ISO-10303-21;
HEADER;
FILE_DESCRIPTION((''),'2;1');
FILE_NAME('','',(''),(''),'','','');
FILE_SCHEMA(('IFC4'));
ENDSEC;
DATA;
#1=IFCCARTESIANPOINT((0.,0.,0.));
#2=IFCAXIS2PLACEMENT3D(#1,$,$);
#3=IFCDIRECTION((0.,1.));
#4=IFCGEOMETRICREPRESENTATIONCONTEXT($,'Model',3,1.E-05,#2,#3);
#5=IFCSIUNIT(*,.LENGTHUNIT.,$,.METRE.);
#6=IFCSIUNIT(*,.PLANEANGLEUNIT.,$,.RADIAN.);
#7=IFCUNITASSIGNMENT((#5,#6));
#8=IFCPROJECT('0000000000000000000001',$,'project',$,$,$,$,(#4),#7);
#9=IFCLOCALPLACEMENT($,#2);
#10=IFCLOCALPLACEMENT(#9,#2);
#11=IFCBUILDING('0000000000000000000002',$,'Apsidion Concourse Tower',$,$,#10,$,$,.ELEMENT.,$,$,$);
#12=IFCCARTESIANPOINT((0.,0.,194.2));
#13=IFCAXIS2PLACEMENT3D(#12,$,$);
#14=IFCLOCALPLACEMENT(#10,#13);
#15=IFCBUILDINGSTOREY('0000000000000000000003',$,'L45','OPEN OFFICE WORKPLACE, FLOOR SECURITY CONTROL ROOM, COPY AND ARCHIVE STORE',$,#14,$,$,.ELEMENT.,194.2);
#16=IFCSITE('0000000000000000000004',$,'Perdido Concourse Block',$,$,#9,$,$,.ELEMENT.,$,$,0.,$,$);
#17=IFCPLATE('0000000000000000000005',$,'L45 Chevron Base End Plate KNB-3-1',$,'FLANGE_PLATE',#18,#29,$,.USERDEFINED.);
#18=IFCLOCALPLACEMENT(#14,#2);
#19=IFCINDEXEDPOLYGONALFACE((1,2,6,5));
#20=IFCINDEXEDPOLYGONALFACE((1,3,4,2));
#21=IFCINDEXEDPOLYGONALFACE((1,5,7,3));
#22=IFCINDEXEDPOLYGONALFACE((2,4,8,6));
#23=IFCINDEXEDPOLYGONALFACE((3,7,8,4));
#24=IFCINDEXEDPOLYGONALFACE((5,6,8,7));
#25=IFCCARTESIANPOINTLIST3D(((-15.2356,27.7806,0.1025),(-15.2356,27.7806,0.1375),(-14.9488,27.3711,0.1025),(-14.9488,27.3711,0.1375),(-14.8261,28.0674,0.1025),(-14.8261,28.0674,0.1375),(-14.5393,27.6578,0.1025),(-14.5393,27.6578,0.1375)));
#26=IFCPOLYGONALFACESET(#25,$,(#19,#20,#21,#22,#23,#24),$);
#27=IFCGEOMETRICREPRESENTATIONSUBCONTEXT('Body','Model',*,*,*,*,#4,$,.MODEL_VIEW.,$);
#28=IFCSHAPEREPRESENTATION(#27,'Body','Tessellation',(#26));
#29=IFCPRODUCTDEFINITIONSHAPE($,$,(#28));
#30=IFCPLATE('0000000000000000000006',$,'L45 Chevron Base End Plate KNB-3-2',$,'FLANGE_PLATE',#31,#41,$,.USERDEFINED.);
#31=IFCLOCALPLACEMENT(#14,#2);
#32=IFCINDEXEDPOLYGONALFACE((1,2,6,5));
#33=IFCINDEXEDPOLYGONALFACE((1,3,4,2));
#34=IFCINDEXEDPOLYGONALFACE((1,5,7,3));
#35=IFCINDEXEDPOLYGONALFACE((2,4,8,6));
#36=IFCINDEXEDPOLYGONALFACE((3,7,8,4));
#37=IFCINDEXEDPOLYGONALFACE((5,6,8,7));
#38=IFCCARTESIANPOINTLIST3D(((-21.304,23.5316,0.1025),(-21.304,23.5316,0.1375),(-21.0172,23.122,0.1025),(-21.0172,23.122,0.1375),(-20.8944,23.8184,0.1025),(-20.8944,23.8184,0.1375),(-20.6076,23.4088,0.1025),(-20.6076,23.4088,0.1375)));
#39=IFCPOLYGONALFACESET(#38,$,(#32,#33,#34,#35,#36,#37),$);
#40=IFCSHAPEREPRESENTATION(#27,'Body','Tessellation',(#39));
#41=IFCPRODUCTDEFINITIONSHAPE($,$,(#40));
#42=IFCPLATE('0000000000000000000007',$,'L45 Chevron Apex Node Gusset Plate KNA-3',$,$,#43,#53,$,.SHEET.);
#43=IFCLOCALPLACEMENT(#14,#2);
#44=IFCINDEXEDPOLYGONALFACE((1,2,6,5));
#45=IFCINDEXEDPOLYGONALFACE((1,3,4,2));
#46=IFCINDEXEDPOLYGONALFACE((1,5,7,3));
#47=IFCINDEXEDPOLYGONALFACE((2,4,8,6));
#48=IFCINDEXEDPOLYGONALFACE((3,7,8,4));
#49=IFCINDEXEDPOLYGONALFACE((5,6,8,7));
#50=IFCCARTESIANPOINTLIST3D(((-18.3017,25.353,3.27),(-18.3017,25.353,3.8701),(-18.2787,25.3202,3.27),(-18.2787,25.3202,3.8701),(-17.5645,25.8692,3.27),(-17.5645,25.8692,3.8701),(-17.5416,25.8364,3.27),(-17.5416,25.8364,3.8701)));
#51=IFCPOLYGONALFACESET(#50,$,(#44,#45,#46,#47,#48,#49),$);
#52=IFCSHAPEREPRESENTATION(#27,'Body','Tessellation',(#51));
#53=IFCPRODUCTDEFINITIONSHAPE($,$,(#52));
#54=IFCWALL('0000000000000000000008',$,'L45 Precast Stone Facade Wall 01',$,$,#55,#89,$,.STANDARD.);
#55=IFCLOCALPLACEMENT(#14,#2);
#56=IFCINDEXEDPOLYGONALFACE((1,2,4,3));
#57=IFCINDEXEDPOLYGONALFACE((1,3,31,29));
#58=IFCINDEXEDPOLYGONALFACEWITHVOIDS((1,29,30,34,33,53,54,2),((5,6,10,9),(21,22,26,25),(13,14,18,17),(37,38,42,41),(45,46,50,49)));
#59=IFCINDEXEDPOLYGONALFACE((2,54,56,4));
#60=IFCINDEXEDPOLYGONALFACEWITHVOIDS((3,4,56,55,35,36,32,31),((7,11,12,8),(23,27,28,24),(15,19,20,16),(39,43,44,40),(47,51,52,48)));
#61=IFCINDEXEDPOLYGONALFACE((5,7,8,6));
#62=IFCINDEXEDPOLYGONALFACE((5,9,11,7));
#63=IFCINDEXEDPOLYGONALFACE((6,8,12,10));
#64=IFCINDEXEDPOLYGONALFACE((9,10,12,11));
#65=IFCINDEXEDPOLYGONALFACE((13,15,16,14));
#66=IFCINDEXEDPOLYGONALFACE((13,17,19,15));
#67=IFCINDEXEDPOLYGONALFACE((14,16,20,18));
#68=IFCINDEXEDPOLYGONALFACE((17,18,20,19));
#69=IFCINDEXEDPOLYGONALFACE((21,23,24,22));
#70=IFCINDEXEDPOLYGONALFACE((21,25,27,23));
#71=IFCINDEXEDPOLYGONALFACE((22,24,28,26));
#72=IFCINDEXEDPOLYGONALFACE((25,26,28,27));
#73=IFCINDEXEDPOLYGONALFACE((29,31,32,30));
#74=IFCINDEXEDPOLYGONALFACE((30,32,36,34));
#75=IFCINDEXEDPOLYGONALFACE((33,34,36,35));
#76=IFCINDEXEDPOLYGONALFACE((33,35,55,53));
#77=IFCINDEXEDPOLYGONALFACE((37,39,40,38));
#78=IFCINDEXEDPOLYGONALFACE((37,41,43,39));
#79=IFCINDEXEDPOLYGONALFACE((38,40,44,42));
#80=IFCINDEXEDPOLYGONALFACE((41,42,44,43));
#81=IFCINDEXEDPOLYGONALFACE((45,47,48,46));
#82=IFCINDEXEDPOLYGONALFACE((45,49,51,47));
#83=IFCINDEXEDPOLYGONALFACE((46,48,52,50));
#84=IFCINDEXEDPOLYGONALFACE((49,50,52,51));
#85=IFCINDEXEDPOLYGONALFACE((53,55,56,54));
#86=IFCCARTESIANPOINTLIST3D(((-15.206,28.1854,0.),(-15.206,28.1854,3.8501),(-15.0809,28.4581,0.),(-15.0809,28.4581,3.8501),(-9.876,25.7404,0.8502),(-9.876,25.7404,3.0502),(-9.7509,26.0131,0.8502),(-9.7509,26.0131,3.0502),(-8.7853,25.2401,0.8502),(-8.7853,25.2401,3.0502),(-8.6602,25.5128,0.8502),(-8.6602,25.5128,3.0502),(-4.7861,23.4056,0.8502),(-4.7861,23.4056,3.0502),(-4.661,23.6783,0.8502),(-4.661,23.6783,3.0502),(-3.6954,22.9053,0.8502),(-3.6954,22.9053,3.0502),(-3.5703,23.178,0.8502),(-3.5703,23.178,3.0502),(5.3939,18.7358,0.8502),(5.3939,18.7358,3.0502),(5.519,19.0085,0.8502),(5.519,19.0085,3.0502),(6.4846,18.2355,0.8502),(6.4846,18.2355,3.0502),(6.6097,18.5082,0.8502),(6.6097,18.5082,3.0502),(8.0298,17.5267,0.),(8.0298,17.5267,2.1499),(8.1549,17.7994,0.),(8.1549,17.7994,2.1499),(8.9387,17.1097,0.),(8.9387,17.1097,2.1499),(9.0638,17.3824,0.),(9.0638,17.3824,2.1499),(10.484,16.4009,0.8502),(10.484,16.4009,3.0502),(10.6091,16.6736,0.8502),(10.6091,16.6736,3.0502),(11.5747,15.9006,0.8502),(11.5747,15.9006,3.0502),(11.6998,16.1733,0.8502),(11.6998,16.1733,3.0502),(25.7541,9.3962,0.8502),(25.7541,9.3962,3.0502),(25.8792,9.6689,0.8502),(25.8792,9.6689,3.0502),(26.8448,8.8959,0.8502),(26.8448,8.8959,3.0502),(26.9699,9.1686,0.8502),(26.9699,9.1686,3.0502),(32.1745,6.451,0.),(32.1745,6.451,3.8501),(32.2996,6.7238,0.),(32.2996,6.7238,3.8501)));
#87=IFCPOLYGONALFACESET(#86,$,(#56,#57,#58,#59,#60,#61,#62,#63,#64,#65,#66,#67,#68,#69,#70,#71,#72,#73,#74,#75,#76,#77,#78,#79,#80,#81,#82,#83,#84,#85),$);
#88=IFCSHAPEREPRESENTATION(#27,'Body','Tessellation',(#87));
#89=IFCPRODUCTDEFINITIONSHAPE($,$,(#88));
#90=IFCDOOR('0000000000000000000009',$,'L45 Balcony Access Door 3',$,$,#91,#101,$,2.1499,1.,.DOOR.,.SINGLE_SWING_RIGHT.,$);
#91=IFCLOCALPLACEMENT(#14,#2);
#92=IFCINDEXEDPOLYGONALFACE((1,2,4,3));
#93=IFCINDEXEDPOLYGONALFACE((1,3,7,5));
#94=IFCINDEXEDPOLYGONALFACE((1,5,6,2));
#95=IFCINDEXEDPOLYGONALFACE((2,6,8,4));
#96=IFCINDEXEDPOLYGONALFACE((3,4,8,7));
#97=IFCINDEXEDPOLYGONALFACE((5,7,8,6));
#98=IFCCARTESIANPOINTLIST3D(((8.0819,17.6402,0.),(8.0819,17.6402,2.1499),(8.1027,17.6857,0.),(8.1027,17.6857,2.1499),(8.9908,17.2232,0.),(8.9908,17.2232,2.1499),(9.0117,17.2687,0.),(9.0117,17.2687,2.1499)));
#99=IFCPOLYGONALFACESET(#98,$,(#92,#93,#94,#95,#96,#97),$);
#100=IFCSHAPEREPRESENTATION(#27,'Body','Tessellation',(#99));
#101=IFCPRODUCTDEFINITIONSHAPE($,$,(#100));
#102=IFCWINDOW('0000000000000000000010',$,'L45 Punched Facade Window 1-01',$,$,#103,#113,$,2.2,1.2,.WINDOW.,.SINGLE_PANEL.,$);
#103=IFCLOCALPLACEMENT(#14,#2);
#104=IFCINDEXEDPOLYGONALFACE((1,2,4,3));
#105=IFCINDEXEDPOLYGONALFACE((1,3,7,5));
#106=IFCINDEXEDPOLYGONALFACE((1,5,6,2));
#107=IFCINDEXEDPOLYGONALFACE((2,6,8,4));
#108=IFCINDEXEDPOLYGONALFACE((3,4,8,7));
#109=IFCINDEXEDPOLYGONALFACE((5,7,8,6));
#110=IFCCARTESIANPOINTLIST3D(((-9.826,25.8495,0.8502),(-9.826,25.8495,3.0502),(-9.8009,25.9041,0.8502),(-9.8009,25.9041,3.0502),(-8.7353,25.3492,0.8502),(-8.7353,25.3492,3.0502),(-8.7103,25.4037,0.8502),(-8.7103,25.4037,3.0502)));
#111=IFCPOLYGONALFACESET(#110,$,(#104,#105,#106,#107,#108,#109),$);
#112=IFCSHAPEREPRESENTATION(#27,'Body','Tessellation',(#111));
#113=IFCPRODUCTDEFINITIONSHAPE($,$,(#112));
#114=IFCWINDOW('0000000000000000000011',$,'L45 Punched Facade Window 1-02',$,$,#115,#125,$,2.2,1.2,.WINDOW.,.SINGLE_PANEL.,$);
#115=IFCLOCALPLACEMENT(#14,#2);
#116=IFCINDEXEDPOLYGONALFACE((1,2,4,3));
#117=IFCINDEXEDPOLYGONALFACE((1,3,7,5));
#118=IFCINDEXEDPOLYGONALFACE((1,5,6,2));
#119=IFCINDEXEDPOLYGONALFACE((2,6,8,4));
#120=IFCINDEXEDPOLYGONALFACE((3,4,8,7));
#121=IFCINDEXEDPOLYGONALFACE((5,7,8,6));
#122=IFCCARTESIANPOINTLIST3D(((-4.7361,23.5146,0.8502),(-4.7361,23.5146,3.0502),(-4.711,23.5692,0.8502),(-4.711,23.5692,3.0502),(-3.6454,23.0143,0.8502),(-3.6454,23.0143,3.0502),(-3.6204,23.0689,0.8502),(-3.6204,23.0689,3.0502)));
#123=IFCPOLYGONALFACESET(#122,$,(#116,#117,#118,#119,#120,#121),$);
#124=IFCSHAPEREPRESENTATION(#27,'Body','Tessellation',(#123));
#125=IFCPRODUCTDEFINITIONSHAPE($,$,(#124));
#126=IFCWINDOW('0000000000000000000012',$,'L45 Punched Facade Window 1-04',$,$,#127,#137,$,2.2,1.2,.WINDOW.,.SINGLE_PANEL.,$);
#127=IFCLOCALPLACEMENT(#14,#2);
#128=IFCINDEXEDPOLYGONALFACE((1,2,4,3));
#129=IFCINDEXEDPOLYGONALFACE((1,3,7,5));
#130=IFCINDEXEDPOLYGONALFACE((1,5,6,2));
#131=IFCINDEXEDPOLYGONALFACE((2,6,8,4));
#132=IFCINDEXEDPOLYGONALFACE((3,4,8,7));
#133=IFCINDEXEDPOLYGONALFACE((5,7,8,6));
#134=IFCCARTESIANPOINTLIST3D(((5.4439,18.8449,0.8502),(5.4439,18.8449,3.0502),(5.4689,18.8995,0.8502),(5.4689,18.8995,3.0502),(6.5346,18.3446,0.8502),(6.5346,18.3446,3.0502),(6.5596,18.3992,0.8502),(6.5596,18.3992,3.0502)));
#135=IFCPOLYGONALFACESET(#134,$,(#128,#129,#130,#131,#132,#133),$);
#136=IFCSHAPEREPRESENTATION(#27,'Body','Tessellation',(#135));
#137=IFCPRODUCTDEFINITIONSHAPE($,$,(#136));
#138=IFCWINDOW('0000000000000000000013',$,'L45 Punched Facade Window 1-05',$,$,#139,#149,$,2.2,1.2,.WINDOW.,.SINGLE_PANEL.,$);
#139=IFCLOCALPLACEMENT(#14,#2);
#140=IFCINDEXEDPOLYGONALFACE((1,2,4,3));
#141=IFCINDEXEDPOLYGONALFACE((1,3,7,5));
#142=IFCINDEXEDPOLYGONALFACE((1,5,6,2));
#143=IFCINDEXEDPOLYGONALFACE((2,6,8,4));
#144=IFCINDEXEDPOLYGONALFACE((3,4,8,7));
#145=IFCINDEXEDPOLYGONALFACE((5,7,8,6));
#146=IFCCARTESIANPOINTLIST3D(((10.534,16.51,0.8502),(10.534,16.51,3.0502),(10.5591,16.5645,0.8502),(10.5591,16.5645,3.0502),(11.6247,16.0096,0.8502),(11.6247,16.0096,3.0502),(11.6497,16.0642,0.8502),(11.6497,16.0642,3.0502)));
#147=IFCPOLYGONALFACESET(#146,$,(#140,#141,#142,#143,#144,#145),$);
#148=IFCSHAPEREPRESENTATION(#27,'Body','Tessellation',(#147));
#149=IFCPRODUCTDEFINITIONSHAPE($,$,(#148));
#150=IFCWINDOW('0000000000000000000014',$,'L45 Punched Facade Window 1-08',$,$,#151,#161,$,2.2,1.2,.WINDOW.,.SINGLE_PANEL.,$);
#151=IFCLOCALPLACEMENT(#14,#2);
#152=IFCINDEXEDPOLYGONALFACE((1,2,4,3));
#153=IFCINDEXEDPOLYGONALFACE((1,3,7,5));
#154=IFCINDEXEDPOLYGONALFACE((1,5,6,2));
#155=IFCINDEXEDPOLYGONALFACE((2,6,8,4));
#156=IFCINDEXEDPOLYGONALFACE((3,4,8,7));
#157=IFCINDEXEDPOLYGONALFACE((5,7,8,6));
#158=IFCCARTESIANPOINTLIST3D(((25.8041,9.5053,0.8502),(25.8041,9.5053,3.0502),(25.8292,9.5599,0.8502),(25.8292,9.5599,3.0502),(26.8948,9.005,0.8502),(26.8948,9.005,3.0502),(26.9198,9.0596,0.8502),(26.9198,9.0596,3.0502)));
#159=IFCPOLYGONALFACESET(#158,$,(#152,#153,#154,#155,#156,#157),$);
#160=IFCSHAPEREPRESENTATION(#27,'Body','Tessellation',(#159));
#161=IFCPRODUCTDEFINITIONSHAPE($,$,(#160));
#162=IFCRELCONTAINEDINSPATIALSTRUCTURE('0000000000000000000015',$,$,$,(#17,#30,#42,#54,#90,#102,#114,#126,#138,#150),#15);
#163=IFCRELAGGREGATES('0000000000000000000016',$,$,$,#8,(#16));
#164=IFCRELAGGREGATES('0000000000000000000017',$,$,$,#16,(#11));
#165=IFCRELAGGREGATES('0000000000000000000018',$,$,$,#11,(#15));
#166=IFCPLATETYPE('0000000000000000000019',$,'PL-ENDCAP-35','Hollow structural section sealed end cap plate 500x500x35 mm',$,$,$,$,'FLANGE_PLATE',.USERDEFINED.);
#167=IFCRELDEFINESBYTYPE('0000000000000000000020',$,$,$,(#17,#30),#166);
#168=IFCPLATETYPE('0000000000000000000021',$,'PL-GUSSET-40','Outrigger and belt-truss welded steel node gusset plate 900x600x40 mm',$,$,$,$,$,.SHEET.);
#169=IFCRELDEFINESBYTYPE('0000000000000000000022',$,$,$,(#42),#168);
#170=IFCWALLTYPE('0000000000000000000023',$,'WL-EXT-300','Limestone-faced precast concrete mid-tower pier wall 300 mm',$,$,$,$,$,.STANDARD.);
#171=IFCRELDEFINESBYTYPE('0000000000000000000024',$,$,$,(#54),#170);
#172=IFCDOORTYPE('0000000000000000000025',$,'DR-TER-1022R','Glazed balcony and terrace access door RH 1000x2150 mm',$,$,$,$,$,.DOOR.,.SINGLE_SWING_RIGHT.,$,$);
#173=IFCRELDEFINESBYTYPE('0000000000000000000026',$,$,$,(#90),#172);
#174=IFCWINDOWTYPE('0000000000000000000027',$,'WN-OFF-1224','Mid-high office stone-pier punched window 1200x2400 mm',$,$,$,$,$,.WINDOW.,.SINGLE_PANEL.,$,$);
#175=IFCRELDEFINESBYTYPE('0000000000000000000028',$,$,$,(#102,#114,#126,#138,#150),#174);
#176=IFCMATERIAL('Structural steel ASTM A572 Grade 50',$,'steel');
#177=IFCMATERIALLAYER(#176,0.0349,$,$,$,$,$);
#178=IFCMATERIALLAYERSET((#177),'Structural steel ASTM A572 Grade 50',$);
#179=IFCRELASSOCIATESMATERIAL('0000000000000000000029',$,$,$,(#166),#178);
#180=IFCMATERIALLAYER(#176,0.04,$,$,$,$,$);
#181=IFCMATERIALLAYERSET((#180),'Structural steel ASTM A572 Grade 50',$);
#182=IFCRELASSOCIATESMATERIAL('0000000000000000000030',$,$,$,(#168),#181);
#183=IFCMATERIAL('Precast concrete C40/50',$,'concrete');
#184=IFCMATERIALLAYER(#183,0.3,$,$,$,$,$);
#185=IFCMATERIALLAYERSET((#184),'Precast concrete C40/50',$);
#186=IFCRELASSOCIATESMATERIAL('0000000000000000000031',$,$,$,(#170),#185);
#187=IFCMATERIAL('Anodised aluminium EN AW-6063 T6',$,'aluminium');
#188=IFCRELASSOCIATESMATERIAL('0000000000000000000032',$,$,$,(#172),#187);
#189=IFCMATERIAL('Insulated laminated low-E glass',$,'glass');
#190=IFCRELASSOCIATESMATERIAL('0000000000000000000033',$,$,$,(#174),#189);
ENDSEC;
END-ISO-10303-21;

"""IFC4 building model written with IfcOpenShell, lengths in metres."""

from ifc_helpers import new_model, si_unit, direction, frame, frame_2d, origin, origin_2d, place, context, subcontext, project, spatial, rectangle, extrude, material, layer, layer_set, type_object, element, fill, save


model = new_model("IFC4")

# Units and contexts
model_context = context("Model", 3, precision=1e-05, world=origin(), true_north=direction((0.0, 1.0)))
body_context = subcontext(model_context, "Body", "Model", "MODEL_VIEW")
ifc_project = project(units=[si_unit("LENGTHUNIT", "METRE"), si_unit("PLANEANGLEUNIT", "RADIAN")], contexts=[model_context])

# Site, building, storey
site_placement = place(None, origin())
site = spatial("IfcSite", under=ifc_project, at=site_placement, Name="Perdido Concourse Block", CompositionType="ELEMENT", RefElevation=0.0)
building_placement = place(site_placement, origin())
building = spatial("IfcBuilding", under=site, at=building_placement, Name="Apsidion Concourse Tower", CompositionType="ELEMENT")
storey_placement = place(building_placement, frame((0.0, 0.0, 194.2)))
storey = spatial("IfcBuildingStorey", under=building, at=storey_placement, Name="L45", Description="OPEN OFFICE WORKPLACE, FLOOR SECURITY CONTROL ROOM, COPY AND ARCHIVE STORE", CompositionType="ELEMENT", Elevation=194.2)

# Plates
ifc_material_1 = material(Name="Structural steel ASTM A572 Grade 50", Category="steel")
ifc_layer_1 = layer(ifc_material_1, 0.0349)
ifc_layer_set_1 = layer_set([ifc_layer_1], Name="Structural steel ASTM A572 Grade 50")
plate_type_1 = type_object("IfcPlateType", Name="PL-ENDCAP-35", Description="Hollow structural section sealed end cap plate 500x500x35 mm", ElementType="FLANGE_PLATE", PredefinedType="USERDEFINED", material=ifc_layer_set_1)
for number, where, z_axis, x_axis, name in (
    (1, (-14.8875, 27.7192, 0.1025), (0.0, 0.0, 1.0), (0.819152, 0.573576, 0.0), "L45 Chevron Base End Plate KNB-3-1"),
    (2, (-20.9558, 23.4702, 0.1025), (0.0, 0.0, 1.0), (0.819152, 0.573576, 0.0), "L45 Chevron Base End Plate KNB-3-2"),
):
    element("IfcPlate", number, at=place(storey_placement, frame(where, z_axis=z_axis, x_axis=x_axis)), inside=storey, type_object=plate_type_1, Name=name, ObjectType="FLANGE_PLATE", PredefinedType="USERDEFINED", context=body_context, shape_type="SweptSolid", body=[
        extrude(rectangle(XDim=0.5, YDim=0.5, at=origin_2d()), origin(), (0.0, 0.0, 1.0), 0.0349),
    ])
ifc_layer_2 = layer(ifc_material_1, 0.04)
ifc_layer_set_2 = layer_set([ifc_layer_2], Name="Structural steel ASTM A572 Grade 50")
plate_type_2 = type_object("IfcPlateType", Name="PL-GUSSET-40", Description="Outrigger and belt-truss welded steel node gusset plate 900x600x40 mm", PredefinedType="SHEET", material=ifc_layer_set_2)
plate_placement = place(storey_placement, frame((-17.9216, 25.5947, 3.27), z_axis=(0.0, 0.0, 1.0), x_axis=(0.819152, 0.573576, 0.0)))
element("IfcPlate", 3, at=plate_placement, inside=storey, type_object=plate_type_2, Name="L45 Chevron Apex Node Gusset Plate KNA-3", PredefinedType="SHEET", context=body_context, shape_type="SweptSolid", body=[
    extrude(rectangle(XDim=0.8999, YDim=0.04, at=origin_2d()), origin(), (0.0, 0.0, 1.0), 0.6001),
])

# Wall, openings, door, windows
ifc_material_2 = material(Name="Precast concrete C40/50", Category="concrete")
ifc_layer_3 = layer(ifc_material_2, 0.3)
ifc_layer_set_3 = layer_set([ifc_layer_3], Name="Precast concrete C40/50")
wall_type = type_object("IfcWallType", Name="WL-EXT-300", Description="Limestone-faced precast concrete mid-tower pier wall 300 mm", PredefinedType="STANDARD", material=ifc_layer_set_3)
wall_1_placement = place(storey_placement, frame((-15.1436, 28.3218, 0.0), z_axis=(0.0, 0.0, 1.0), x_axis=(0.908932, -0.416944, 0.0)))
wall_1 = element("IfcWall", 4, at=wall_1_placement, inside=storey, type_object=wall_type, Name="L45 Precast Stone Facade Wall 01", PredefinedType="STANDARD", context=body_context, shape_type="SweptSolid", body=[
    extrude(rectangle(XDim=52.1277, YDim=0.3, at=frame_2d((26.064, 0.0))), origin(), (0.0, 0.0, 1.0), 3.8501),
])
opening_1_placement = place(wall_1_placement, frame((25.564, 0.0, 0.0)))
opening_1 = element("IfcOpeningElement", 5, at=opening_1_placement, cuts=wall_1, PredefinedType="OPENING", context=body_context, shape_type="SweptSolid", body=[
    extrude(rectangle(XDim=1.0, YDim=2.1499, at=frame_2d((0.5, 1.075))), frame((0.0, 0.1602, 0.0), z_axis=(0.0, -1.0, 0.0), x_axis=(1.0, 0.0, 0.0)), (0.0, 0.0, 1.0), 0.3201),
])
opening_2_placement = place(wall_1_placement, frame((5.864, 0.0, 0.8501)))
opening_2 = element("IfcOpeningElement", 6, at=opening_2_placement, cuts=wall_1, PredefinedType="OPENING", context=body_context, shape_type="SweptSolid", body=[
    extrude(rectangle(XDim=1.2, YDim=2.2, at=frame_2d((0.6001, 1.1001))), frame((0.0, 0.1602, 0.0), z_axis=(0.0, -1.0, 0.0), x_axis=(1.0, 0.0, 0.0)), (0.0, 0.0, 1.0), 0.3201),
])
opening_3_placement = place(wall_1_placement, frame((11.4639, 0.0, 0.8501)))
opening_3 = element("IfcOpeningElement", 7, at=opening_3_placement, cuts=wall_1, PredefinedType="OPENING", context=body_context, shape_type="SweptSolid", body=[
    extrude(rectangle(XDim=1.2, YDim=2.2, at=frame_2d((0.6001, 1.1001))), frame((0.0, 0.1602, 0.0), z_axis=(0.0, -1.0, 0.0), x_axis=(1.0, 0.0, 0.0)), (0.0, 0.0, 1.0), 0.3201),
])
opening_4_placement = place(wall_1_placement, frame((22.6638, 0.0, 0.8501)))
opening_4 = element("IfcOpeningElement", 8, at=opening_4_placement, cuts=wall_1, PredefinedType="OPENING", context=body_context, shape_type="SweptSolid", body=[
    extrude(rectangle(XDim=1.2, YDim=2.2, at=frame_2d((0.6001, 1.1001))), frame((0.0, 0.1602, 0.0), z_axis=(0.0, -1.0, 0.0), x_axis=(1.0, 0.0, 0.0)), (0.0, 0.0, 1.0), 0.3201),
])
opening_5_placement = place(wall_1_placement, frame((28.2639, 0.0, 0.8501)))
opening_5 = element("IfcOpeningElement", 9, at=opening_5_placement, cuts=wall_1, PredefinedType="OPENING", context=body_context, shape_type="SweptSolid", body=[
    extrude(rectangle(XDim=1.2, YDim=2.2, at=frame_2d((0.6001, 1.1001))), frame((0.0, 0.1602, 0.0), z_axis=(0.0, -1.0, 0.0), x_axis=(1.0, 0.0, 0.0)), (0.0, 0.0, 1.0), 0.3201),
])
opening_6_placement = place(wall_1_placement, frame((45.064, 0.0, 0.8501)))
opening_6 = element("IfcOpeningElement", 10, at=opening_6_placement, cuts=wall_1, PredefinedType="OPENING", context=body_context, shape_type="SweptSolid", body=[
    extrude(rectangle(XDim=1.2, YDim=2.2, at=frame_2d((0.6001, 1.1001))), frame((0.0, 0.1602, 0.0), z_axis=(0.0, -1.0, 0.0), x_axis=(1.0, 0.0, 0.0)), (0.0, 0.0, 1.0), 0.3201),
])
ifc_material_3 = material(Name="Anodised aluminium EN AW-6063 T6", Category="aluminium")
door_type = type_object("IfcDoorType", Name="DR-TER-1022R", Description="Glazed balcony and terrace access door RH 1000x2150 mm", OperationType="SINGLE_SWING_RIGHT", PredefinedType="DOOR", material=ifc_material_3)
door_placement = place(opening_1_placement, origin())
door = element("IfcDoor", 11, at=door_placement, inside=storey, type_object=door_type, Name="L45 Balcony Access Door 3", OperationType="SINGLE_SWING_RIGHT", OverallHeight=2.1499, OverallWidth=1.0, PredefinedType="DOOR", context=body_context, shape_type="SweptSolid", body=[
    extrude(rectangle(XDim=1.0, YDim=2.1499, at=frame_2d((0.5, 1.075))), frame((0.0, 0.0249, 0.0), z_axis=(0.0, -1.0, 0.0), x_axis=(1.0, 0.0, 0.0)), (0.0, 0.0, 1.0), 0.05),
])
fill(opening_1, door)
ifc_material_4 = material(Name="Insulated laminated low-E glass", Category="glass")
window_type = type_object("IfcWindowType", Name="WN-OFF-1224", Description="Mid-high office stone-pier punched window 1200x2400 mm", PartitioningType="SINGLE_PANEL", PredefinedType="WINDOW", material=ifc_material_4)
window_1_placement = place(opening_2_placement, origin())
window_1 = element("IfcWindow", 12, at=window_1_placement, inside=storey, type_object=window_type, Name="L45 Punched Facade Window 1-01", OverallHeight=2.2, OverallWidth=1.2, PartitioningType="SINGLE_PANEL", PredefinedType="WINDOW", context=body_context, shape_type="SweptSolid", body=[
    extrude(rectangle(XDim=1.2, YDim=2.2, at=frame_2d((0.6001, 1.1001))), frame((0.0, 0.03, 0.0), z_axis=(0.0, -1.0, 0.0), x_axis=(1.0, 0.0, 0.0)), (0.0, 0.0, 1.0), 0.0601),
])
fill(opening_2, window_1)
window_2_placement = place(opening_3_placement, origin())
window_2 = element("IfcWindow", 13, at=window_2_placement, inside=storey, type_object=window_type, Name="L45 Punched Facade Window 1-02", OverallHeight=2.2, OverallWidth=1.2, PartitioningType="SINGLE_PANEL", PredefinedType="WINDOW", context=body_context, shape_type="SweptSolid", body=[
    extrude(rectangle(XDim=1.2, YDim=2.2, at=frame_2d((0.6001, 1.1001))), frame((0.0, 0.03, 0.0), z_axis=(0.0, -1.0, 0.0), x_axis=(1.0, 0.0, 0.0)), (0.0, 0.0, 1.0), 0.0601),
])
fill(opening_3, window_2)
window_3_placement = place(opening_4_placement, origin())
window_3 = element("IfcWindow", 14, at=window_3_placement, inside=storey, type_object=window_type, Name="L45 Punched Facade Window 1-04", OverallHeight=2.2, OverallWidth=1.2, PartitioningType="SINGLE_PANEL", PredefinedType="WINDOW", context=body_context, shape_type="SweptSolid", body=[
    extrude(rectangle(XDim=1.2, YDim=2.2, at=frame_2d((0.6001, 1.1001))), frame((0.0, 0.03, 0.0), z_axis=(0.0, -1.0, 0.0), x_axis=(1.0, 0.0, 0.0)), (0.0, 0.0, 1.0), 0.0601),
])
fill(opening_4, window_3)
window_4_placement = place(opening_5_placement, origin())
window_4 = element("IfcWindow", 15, at=window_4_placement, inside=storey, type_object=window_type, Name="L45 Punched Facade Window 1-05", OverallHeight=2.2, OverallWidth=1.2, PartitioningType="SINGLE_PANEL", PredefinedType="WINDOW", context=body_context, shape_type="SweptSolid", body=[
    extrude(rectangle(XDim=1.2, YDim=2.2, at=frame_2d((0.6001, 1.1001))), frame((0.0, 0.03, 0.0), z_axis=(0.0, -1.0, 0.0), x_axis=(1.0, 0.0, 0.0)), (0.0, 0.0, 1.0), 0.0601),
])
fill(opening_5, window_4)
window_5_placement = place(opening_6_placement, origin())
window_5 = element("IfcWindow", 16, at=window_5_placement, inside=storey, type_object=window_type, Name="L45 Punched Facade Window 1-08", OverallHeight=2.2, OverallWidth=1.2, PartitioningType="SINGLE_PANEL", PredefinedType="WINDOW", context=body_context, shape_type="SweptSolid", body=[
    extrude(rectangle(XDim=1.2, YDim=2.2, at=frame_2d((0.6001, 1.1001))), frame((0.0, 0.03, 0.0), z_axis=(0.0, -1.0, 0.0), x_axis=(1.0, 0.0, 0.0)), (0.0, 0.0, 1.0), 0.0601),
])
fill(opening_6, window_5)

save(model, "model.ifc")
